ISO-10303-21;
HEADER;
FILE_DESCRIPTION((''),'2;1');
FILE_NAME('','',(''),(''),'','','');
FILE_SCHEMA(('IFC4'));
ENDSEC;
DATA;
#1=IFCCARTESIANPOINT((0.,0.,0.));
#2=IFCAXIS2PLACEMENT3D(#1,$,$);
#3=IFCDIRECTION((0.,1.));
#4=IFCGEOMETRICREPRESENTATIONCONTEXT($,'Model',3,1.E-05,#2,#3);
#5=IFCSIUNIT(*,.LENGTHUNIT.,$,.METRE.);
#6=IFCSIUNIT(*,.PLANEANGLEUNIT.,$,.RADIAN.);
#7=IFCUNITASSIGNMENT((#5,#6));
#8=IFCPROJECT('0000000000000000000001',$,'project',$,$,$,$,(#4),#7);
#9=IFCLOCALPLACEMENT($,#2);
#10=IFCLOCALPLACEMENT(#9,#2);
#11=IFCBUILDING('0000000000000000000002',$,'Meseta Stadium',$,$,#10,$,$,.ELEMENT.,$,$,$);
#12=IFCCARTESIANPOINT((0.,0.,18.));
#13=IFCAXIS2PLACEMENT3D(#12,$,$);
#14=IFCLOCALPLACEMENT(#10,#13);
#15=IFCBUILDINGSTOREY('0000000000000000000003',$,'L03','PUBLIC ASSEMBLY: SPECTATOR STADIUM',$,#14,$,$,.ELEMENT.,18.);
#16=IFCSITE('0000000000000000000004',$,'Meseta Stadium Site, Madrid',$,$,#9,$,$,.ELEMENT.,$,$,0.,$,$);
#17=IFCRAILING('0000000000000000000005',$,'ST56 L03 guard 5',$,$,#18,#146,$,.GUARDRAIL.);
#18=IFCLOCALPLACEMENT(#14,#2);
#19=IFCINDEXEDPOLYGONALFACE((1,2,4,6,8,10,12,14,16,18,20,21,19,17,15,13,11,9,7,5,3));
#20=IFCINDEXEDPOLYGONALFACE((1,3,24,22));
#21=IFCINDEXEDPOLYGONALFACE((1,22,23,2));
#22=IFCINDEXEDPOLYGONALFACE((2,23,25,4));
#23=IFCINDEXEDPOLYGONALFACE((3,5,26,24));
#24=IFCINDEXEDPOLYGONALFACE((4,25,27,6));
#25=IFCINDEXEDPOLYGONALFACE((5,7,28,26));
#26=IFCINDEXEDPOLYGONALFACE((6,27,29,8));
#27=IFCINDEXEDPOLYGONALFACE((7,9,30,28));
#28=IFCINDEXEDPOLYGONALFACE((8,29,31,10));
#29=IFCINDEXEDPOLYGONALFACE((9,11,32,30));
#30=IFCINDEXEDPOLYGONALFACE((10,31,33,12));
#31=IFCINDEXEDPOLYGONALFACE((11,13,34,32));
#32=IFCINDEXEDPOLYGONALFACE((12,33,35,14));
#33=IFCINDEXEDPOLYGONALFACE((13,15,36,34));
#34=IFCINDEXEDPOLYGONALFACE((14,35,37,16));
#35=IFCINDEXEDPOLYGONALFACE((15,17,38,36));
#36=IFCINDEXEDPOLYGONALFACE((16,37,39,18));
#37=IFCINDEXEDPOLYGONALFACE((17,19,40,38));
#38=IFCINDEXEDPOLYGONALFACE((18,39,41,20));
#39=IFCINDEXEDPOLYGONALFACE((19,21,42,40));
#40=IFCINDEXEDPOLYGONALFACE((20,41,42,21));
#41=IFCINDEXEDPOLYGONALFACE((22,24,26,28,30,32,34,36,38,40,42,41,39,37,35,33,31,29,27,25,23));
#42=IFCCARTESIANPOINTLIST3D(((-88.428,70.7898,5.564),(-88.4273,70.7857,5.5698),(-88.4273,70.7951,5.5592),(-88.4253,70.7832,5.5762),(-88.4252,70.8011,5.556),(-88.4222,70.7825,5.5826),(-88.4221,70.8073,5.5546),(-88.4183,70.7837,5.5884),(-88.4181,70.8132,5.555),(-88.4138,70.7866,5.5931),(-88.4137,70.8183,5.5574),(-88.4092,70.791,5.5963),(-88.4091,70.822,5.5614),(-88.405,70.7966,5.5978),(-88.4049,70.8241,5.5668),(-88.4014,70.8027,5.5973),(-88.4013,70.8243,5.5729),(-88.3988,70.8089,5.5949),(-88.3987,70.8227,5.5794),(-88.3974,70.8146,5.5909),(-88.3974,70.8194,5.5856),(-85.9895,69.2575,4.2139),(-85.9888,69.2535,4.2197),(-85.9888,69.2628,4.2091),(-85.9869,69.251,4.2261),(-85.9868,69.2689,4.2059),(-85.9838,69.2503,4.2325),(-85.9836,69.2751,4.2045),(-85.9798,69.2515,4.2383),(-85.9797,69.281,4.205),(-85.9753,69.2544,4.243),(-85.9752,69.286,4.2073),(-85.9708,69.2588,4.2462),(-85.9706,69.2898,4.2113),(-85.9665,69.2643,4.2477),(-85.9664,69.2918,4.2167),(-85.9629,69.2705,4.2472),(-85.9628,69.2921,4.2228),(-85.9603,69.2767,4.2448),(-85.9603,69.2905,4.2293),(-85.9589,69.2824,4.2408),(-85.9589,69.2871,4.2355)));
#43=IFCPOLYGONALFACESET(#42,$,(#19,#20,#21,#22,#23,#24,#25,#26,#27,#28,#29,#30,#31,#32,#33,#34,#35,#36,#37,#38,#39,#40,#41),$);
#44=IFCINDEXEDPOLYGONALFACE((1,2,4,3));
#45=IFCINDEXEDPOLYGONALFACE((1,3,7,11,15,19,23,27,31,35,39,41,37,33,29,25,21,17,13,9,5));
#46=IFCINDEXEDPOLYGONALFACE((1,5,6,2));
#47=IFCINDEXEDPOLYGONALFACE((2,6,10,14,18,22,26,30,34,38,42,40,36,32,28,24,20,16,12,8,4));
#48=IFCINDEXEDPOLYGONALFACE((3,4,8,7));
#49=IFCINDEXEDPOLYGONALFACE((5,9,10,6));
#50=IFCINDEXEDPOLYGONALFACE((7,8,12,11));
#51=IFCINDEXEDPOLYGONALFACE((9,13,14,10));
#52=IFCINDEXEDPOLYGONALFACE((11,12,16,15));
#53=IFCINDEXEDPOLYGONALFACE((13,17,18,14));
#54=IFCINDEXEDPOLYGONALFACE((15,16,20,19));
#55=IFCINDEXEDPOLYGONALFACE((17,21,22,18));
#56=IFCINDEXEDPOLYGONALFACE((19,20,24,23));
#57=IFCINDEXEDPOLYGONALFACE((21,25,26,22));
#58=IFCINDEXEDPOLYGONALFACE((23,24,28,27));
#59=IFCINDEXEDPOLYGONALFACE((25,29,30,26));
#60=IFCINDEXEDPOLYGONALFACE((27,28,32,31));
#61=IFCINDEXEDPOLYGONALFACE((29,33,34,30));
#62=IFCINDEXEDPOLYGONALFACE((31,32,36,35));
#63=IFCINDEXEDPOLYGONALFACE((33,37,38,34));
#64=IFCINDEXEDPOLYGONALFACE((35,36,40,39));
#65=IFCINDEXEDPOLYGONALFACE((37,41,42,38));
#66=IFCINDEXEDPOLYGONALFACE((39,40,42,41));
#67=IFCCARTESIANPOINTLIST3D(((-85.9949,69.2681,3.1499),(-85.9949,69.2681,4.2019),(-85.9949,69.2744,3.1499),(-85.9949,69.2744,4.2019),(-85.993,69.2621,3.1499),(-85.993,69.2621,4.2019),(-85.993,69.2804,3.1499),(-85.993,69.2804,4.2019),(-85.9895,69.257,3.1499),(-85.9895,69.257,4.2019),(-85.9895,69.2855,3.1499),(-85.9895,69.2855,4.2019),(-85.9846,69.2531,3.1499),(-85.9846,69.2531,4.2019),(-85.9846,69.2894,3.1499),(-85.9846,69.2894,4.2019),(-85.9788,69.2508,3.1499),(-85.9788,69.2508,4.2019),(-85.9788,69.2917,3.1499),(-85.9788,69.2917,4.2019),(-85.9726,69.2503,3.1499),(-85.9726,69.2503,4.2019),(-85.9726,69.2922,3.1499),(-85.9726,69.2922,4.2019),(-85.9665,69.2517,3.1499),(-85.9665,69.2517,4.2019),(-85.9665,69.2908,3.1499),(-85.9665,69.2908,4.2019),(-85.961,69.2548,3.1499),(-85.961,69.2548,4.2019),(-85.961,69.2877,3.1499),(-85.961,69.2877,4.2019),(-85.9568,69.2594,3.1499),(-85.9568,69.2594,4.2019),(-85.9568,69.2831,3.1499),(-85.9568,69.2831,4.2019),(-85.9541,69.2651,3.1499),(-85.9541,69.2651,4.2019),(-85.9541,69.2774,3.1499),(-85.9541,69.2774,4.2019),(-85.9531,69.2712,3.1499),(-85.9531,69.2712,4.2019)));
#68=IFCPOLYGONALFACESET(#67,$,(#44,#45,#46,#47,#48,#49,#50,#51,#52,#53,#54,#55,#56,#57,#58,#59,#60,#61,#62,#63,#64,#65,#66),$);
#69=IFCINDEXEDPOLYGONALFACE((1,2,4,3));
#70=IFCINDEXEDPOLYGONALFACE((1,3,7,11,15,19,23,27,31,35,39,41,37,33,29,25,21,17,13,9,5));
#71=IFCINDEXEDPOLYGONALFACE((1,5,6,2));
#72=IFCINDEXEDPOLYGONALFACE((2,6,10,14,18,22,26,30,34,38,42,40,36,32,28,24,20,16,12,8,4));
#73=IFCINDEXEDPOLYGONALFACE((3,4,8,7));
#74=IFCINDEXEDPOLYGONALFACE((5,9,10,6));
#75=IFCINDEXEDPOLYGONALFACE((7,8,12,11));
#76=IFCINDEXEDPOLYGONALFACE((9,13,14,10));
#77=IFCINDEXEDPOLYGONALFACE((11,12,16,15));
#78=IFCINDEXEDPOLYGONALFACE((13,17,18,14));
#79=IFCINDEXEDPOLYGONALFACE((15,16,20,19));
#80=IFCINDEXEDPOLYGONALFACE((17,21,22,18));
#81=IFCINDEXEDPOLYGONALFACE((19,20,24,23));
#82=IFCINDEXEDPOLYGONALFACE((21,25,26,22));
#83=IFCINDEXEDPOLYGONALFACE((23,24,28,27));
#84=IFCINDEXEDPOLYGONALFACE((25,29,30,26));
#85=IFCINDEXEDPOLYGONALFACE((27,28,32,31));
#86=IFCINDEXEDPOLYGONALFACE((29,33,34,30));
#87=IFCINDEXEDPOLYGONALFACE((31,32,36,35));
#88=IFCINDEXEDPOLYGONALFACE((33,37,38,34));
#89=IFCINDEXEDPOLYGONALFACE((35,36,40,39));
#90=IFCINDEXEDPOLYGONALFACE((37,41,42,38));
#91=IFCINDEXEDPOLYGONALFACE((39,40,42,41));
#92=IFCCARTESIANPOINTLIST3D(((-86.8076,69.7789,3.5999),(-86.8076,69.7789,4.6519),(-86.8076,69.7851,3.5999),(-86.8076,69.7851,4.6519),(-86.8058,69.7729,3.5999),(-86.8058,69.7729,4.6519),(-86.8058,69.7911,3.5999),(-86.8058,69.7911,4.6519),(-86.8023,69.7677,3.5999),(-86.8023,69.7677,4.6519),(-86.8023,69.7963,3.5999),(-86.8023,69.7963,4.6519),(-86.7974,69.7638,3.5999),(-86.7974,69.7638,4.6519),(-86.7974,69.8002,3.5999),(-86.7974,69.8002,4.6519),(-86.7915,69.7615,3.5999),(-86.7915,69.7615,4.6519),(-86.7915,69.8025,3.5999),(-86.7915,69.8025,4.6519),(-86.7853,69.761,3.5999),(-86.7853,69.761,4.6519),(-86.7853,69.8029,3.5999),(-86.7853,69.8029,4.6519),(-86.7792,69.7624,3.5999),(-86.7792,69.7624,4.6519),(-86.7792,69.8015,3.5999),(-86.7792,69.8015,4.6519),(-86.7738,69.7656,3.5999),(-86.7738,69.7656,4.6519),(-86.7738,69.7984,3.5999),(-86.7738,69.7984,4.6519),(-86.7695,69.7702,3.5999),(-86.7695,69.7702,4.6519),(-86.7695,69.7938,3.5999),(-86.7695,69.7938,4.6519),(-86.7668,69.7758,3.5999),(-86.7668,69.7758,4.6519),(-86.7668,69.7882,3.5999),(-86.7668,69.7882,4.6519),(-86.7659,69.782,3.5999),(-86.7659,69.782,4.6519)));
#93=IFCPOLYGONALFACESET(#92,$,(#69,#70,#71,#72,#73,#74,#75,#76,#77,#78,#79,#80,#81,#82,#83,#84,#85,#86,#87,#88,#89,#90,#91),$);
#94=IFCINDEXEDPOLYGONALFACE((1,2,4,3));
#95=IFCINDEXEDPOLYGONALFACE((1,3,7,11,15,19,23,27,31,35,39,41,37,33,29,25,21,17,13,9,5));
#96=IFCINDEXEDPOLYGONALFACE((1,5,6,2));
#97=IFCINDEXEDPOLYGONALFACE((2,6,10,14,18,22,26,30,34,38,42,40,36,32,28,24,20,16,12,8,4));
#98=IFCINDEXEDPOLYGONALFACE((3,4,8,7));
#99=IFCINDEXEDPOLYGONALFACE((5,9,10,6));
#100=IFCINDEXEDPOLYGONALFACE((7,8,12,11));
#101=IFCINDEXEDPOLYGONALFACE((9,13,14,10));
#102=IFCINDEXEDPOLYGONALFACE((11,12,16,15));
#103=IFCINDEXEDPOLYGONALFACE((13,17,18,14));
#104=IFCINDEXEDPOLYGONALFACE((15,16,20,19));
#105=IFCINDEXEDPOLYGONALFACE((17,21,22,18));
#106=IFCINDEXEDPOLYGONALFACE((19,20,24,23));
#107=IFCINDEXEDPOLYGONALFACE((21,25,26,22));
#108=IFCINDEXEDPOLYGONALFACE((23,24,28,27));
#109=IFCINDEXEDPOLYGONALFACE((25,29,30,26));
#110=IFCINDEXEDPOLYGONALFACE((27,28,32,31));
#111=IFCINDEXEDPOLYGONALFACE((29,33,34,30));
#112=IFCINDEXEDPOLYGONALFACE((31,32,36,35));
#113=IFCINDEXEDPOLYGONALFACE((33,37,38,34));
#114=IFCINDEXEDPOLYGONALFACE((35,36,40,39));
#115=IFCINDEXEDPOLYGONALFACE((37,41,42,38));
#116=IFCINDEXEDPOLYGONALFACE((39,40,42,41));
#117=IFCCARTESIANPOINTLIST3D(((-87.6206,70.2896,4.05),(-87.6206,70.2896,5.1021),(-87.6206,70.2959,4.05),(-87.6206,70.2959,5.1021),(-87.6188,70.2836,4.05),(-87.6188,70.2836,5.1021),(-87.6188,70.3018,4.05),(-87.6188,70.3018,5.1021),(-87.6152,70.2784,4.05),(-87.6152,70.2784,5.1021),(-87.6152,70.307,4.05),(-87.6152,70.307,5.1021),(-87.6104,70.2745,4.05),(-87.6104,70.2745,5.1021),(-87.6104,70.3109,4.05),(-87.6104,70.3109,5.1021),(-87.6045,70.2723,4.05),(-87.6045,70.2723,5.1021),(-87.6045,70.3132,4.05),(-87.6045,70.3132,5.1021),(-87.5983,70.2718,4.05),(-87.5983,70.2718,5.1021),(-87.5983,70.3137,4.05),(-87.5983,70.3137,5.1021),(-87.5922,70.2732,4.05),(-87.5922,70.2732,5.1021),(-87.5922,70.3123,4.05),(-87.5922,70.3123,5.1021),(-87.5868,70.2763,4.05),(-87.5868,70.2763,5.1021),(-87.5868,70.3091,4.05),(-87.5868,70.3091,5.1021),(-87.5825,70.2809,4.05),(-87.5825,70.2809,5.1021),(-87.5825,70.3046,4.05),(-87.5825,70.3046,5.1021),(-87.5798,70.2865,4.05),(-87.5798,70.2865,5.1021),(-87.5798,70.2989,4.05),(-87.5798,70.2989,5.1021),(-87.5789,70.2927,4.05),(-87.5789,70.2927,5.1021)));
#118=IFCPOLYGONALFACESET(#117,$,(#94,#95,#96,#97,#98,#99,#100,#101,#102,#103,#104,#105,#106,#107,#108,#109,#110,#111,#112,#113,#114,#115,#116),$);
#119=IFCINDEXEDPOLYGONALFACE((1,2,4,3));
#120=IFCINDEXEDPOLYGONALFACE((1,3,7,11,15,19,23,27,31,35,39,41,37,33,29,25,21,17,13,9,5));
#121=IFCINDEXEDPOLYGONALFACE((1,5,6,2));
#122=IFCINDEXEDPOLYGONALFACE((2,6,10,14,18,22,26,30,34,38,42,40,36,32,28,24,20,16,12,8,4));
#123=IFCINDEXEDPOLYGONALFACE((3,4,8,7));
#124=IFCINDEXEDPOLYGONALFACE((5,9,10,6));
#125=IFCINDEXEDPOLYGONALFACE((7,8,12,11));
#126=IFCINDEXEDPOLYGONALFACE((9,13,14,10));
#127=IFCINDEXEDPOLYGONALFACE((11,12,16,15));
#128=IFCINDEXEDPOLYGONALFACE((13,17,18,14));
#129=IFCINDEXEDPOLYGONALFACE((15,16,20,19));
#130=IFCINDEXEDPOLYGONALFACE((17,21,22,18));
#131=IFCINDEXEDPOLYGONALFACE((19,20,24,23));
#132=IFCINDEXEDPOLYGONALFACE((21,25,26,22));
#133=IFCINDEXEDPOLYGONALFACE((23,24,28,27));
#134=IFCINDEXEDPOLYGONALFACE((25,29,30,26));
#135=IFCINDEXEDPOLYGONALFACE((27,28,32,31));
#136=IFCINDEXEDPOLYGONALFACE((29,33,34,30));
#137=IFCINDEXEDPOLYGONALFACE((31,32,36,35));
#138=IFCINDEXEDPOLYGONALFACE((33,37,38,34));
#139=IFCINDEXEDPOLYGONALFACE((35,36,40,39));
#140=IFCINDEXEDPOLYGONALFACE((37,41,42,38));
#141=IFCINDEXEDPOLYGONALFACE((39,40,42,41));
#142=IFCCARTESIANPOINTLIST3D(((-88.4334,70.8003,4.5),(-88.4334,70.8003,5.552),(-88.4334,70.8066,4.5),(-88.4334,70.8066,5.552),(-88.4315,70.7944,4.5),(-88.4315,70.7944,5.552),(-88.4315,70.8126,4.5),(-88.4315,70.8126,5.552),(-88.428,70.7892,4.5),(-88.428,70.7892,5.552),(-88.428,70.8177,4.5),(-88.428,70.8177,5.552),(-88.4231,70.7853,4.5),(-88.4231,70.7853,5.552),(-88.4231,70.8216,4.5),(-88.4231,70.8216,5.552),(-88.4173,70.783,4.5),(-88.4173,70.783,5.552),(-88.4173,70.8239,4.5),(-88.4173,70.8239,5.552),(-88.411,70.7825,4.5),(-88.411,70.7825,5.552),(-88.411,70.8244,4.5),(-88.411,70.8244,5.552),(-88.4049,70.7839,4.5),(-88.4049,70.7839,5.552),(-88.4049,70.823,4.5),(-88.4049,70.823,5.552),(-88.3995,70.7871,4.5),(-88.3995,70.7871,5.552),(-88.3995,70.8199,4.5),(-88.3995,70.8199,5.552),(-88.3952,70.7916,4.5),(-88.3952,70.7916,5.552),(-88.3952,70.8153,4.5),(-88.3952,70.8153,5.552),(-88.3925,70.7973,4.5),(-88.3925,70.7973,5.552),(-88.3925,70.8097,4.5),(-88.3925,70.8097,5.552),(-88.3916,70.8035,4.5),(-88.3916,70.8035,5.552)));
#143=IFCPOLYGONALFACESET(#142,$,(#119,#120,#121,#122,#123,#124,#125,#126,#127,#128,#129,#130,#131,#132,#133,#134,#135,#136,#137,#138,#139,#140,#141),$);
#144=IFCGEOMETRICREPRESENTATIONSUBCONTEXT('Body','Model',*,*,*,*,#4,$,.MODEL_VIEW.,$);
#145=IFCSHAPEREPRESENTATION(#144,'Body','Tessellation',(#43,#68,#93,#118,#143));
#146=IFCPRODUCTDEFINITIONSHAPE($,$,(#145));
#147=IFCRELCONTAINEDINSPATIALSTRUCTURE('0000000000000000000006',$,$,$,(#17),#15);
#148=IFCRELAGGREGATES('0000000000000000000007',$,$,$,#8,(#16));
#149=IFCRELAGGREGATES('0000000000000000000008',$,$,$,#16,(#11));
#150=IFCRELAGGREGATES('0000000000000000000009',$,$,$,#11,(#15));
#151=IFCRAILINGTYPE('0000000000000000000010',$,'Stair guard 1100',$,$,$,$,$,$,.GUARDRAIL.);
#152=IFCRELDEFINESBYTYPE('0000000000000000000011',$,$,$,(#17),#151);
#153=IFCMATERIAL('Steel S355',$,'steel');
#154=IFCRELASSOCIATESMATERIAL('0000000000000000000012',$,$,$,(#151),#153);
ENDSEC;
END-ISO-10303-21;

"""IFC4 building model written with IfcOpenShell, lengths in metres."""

from ifc_helpers import new_model, si_unit, direction, frame, origin, origin_2d, place, context, subcontext, project, spatial, circle, extrude, material, type_object, element, save


model = new_model("IFC4")

# Units and contexts
model_context = context("Model", 3, precision=1e-05, world=origin(), true_north=direction((0.0, 1.0)))
body_context = subcontext(model_context, "Body", "Model", "MODEL_VIEW")
ifc_project = project(units=[si_unit("LENGTHUNIT", "METRE"), si_unit("PLANEANGLEUNIT", "RADIAN")], contexts=[model_context])

# Site, building, storey
site_placement = place(None, origin())
site = spatial("IfcSite", under=ifc_project, at=site_placement, Name="Meseta Stadium Site, Madrid", CompositionType="ELEMENT", RefElevation=0.0)
building_placement = place(site_placement, origin())
building = spatial("IfcBuilding", under=site, at=building_placement, Name="Meseta Stadium", CompositionType="ELEMENT")
storey_placement = place(building_placement, frame((0.0, 0.0, 18.0)))
storey = spatial("IfcBuildingStorey", under=building, at=storey_placement, Name="L03", Description="PUBLIC ASSEMBLY: SPECTATOR STADIUM", CompositionType="ELEMENT", Elevation=18.0)

# Railing
ifc_material_1 = material(Name="Steel S355", Category="steel")
railing_type_1 = type_object("IfcRailingType", Name="Stair guard 1100", PredefinedType="GUARDRAIL", material=ifc_material_1)
railing_1_placement = place(storey_placement, frame((-85.9741, 69.2712, 3.1499)))
element("IfcRailing", 1, at=railing_1_placement, inside=storey, type_object=railing_type_1, Name="ST56 L03 guard 5", PredefinedType="GUARDRAIL", context=body_context, shape_type="SweptSolid", body=[
    extrude(circle(Radius=0.0239, at=origin_2d()), frame((0.0, 0.0, 1.0762), z_axis=(-0.766655, 0.481731, 0.42447), x_axis=(-0.53204, -0.846719, 0.0)), (0.0, 0.0, 1.0), 3.1807),
    extrude(circle(Radius=0.021, at=origin_2d()), origin(), (0.0, 0.0, 1.0), 1.052),
    extrude(circle(Radius=0.021, at=origin_2d()), frame((-0.8127, 0.5107, 0.45)), (0.0, 0.0, 1.0), 1.052),
    extrude(circle(Radius=0.021, at=origin_2d()), frame((-1.6257, 1.0215, 0.9001)), (0.0, 0.0, 1.0), 1.052),
    extrude(circle(Radius=0.021, at=origin_2d()), frame((-2.4385, 1.5322, 1.3501)), (0.0, 0.0, 1.0), 1.052),
])

save(model, "model.ifc")
